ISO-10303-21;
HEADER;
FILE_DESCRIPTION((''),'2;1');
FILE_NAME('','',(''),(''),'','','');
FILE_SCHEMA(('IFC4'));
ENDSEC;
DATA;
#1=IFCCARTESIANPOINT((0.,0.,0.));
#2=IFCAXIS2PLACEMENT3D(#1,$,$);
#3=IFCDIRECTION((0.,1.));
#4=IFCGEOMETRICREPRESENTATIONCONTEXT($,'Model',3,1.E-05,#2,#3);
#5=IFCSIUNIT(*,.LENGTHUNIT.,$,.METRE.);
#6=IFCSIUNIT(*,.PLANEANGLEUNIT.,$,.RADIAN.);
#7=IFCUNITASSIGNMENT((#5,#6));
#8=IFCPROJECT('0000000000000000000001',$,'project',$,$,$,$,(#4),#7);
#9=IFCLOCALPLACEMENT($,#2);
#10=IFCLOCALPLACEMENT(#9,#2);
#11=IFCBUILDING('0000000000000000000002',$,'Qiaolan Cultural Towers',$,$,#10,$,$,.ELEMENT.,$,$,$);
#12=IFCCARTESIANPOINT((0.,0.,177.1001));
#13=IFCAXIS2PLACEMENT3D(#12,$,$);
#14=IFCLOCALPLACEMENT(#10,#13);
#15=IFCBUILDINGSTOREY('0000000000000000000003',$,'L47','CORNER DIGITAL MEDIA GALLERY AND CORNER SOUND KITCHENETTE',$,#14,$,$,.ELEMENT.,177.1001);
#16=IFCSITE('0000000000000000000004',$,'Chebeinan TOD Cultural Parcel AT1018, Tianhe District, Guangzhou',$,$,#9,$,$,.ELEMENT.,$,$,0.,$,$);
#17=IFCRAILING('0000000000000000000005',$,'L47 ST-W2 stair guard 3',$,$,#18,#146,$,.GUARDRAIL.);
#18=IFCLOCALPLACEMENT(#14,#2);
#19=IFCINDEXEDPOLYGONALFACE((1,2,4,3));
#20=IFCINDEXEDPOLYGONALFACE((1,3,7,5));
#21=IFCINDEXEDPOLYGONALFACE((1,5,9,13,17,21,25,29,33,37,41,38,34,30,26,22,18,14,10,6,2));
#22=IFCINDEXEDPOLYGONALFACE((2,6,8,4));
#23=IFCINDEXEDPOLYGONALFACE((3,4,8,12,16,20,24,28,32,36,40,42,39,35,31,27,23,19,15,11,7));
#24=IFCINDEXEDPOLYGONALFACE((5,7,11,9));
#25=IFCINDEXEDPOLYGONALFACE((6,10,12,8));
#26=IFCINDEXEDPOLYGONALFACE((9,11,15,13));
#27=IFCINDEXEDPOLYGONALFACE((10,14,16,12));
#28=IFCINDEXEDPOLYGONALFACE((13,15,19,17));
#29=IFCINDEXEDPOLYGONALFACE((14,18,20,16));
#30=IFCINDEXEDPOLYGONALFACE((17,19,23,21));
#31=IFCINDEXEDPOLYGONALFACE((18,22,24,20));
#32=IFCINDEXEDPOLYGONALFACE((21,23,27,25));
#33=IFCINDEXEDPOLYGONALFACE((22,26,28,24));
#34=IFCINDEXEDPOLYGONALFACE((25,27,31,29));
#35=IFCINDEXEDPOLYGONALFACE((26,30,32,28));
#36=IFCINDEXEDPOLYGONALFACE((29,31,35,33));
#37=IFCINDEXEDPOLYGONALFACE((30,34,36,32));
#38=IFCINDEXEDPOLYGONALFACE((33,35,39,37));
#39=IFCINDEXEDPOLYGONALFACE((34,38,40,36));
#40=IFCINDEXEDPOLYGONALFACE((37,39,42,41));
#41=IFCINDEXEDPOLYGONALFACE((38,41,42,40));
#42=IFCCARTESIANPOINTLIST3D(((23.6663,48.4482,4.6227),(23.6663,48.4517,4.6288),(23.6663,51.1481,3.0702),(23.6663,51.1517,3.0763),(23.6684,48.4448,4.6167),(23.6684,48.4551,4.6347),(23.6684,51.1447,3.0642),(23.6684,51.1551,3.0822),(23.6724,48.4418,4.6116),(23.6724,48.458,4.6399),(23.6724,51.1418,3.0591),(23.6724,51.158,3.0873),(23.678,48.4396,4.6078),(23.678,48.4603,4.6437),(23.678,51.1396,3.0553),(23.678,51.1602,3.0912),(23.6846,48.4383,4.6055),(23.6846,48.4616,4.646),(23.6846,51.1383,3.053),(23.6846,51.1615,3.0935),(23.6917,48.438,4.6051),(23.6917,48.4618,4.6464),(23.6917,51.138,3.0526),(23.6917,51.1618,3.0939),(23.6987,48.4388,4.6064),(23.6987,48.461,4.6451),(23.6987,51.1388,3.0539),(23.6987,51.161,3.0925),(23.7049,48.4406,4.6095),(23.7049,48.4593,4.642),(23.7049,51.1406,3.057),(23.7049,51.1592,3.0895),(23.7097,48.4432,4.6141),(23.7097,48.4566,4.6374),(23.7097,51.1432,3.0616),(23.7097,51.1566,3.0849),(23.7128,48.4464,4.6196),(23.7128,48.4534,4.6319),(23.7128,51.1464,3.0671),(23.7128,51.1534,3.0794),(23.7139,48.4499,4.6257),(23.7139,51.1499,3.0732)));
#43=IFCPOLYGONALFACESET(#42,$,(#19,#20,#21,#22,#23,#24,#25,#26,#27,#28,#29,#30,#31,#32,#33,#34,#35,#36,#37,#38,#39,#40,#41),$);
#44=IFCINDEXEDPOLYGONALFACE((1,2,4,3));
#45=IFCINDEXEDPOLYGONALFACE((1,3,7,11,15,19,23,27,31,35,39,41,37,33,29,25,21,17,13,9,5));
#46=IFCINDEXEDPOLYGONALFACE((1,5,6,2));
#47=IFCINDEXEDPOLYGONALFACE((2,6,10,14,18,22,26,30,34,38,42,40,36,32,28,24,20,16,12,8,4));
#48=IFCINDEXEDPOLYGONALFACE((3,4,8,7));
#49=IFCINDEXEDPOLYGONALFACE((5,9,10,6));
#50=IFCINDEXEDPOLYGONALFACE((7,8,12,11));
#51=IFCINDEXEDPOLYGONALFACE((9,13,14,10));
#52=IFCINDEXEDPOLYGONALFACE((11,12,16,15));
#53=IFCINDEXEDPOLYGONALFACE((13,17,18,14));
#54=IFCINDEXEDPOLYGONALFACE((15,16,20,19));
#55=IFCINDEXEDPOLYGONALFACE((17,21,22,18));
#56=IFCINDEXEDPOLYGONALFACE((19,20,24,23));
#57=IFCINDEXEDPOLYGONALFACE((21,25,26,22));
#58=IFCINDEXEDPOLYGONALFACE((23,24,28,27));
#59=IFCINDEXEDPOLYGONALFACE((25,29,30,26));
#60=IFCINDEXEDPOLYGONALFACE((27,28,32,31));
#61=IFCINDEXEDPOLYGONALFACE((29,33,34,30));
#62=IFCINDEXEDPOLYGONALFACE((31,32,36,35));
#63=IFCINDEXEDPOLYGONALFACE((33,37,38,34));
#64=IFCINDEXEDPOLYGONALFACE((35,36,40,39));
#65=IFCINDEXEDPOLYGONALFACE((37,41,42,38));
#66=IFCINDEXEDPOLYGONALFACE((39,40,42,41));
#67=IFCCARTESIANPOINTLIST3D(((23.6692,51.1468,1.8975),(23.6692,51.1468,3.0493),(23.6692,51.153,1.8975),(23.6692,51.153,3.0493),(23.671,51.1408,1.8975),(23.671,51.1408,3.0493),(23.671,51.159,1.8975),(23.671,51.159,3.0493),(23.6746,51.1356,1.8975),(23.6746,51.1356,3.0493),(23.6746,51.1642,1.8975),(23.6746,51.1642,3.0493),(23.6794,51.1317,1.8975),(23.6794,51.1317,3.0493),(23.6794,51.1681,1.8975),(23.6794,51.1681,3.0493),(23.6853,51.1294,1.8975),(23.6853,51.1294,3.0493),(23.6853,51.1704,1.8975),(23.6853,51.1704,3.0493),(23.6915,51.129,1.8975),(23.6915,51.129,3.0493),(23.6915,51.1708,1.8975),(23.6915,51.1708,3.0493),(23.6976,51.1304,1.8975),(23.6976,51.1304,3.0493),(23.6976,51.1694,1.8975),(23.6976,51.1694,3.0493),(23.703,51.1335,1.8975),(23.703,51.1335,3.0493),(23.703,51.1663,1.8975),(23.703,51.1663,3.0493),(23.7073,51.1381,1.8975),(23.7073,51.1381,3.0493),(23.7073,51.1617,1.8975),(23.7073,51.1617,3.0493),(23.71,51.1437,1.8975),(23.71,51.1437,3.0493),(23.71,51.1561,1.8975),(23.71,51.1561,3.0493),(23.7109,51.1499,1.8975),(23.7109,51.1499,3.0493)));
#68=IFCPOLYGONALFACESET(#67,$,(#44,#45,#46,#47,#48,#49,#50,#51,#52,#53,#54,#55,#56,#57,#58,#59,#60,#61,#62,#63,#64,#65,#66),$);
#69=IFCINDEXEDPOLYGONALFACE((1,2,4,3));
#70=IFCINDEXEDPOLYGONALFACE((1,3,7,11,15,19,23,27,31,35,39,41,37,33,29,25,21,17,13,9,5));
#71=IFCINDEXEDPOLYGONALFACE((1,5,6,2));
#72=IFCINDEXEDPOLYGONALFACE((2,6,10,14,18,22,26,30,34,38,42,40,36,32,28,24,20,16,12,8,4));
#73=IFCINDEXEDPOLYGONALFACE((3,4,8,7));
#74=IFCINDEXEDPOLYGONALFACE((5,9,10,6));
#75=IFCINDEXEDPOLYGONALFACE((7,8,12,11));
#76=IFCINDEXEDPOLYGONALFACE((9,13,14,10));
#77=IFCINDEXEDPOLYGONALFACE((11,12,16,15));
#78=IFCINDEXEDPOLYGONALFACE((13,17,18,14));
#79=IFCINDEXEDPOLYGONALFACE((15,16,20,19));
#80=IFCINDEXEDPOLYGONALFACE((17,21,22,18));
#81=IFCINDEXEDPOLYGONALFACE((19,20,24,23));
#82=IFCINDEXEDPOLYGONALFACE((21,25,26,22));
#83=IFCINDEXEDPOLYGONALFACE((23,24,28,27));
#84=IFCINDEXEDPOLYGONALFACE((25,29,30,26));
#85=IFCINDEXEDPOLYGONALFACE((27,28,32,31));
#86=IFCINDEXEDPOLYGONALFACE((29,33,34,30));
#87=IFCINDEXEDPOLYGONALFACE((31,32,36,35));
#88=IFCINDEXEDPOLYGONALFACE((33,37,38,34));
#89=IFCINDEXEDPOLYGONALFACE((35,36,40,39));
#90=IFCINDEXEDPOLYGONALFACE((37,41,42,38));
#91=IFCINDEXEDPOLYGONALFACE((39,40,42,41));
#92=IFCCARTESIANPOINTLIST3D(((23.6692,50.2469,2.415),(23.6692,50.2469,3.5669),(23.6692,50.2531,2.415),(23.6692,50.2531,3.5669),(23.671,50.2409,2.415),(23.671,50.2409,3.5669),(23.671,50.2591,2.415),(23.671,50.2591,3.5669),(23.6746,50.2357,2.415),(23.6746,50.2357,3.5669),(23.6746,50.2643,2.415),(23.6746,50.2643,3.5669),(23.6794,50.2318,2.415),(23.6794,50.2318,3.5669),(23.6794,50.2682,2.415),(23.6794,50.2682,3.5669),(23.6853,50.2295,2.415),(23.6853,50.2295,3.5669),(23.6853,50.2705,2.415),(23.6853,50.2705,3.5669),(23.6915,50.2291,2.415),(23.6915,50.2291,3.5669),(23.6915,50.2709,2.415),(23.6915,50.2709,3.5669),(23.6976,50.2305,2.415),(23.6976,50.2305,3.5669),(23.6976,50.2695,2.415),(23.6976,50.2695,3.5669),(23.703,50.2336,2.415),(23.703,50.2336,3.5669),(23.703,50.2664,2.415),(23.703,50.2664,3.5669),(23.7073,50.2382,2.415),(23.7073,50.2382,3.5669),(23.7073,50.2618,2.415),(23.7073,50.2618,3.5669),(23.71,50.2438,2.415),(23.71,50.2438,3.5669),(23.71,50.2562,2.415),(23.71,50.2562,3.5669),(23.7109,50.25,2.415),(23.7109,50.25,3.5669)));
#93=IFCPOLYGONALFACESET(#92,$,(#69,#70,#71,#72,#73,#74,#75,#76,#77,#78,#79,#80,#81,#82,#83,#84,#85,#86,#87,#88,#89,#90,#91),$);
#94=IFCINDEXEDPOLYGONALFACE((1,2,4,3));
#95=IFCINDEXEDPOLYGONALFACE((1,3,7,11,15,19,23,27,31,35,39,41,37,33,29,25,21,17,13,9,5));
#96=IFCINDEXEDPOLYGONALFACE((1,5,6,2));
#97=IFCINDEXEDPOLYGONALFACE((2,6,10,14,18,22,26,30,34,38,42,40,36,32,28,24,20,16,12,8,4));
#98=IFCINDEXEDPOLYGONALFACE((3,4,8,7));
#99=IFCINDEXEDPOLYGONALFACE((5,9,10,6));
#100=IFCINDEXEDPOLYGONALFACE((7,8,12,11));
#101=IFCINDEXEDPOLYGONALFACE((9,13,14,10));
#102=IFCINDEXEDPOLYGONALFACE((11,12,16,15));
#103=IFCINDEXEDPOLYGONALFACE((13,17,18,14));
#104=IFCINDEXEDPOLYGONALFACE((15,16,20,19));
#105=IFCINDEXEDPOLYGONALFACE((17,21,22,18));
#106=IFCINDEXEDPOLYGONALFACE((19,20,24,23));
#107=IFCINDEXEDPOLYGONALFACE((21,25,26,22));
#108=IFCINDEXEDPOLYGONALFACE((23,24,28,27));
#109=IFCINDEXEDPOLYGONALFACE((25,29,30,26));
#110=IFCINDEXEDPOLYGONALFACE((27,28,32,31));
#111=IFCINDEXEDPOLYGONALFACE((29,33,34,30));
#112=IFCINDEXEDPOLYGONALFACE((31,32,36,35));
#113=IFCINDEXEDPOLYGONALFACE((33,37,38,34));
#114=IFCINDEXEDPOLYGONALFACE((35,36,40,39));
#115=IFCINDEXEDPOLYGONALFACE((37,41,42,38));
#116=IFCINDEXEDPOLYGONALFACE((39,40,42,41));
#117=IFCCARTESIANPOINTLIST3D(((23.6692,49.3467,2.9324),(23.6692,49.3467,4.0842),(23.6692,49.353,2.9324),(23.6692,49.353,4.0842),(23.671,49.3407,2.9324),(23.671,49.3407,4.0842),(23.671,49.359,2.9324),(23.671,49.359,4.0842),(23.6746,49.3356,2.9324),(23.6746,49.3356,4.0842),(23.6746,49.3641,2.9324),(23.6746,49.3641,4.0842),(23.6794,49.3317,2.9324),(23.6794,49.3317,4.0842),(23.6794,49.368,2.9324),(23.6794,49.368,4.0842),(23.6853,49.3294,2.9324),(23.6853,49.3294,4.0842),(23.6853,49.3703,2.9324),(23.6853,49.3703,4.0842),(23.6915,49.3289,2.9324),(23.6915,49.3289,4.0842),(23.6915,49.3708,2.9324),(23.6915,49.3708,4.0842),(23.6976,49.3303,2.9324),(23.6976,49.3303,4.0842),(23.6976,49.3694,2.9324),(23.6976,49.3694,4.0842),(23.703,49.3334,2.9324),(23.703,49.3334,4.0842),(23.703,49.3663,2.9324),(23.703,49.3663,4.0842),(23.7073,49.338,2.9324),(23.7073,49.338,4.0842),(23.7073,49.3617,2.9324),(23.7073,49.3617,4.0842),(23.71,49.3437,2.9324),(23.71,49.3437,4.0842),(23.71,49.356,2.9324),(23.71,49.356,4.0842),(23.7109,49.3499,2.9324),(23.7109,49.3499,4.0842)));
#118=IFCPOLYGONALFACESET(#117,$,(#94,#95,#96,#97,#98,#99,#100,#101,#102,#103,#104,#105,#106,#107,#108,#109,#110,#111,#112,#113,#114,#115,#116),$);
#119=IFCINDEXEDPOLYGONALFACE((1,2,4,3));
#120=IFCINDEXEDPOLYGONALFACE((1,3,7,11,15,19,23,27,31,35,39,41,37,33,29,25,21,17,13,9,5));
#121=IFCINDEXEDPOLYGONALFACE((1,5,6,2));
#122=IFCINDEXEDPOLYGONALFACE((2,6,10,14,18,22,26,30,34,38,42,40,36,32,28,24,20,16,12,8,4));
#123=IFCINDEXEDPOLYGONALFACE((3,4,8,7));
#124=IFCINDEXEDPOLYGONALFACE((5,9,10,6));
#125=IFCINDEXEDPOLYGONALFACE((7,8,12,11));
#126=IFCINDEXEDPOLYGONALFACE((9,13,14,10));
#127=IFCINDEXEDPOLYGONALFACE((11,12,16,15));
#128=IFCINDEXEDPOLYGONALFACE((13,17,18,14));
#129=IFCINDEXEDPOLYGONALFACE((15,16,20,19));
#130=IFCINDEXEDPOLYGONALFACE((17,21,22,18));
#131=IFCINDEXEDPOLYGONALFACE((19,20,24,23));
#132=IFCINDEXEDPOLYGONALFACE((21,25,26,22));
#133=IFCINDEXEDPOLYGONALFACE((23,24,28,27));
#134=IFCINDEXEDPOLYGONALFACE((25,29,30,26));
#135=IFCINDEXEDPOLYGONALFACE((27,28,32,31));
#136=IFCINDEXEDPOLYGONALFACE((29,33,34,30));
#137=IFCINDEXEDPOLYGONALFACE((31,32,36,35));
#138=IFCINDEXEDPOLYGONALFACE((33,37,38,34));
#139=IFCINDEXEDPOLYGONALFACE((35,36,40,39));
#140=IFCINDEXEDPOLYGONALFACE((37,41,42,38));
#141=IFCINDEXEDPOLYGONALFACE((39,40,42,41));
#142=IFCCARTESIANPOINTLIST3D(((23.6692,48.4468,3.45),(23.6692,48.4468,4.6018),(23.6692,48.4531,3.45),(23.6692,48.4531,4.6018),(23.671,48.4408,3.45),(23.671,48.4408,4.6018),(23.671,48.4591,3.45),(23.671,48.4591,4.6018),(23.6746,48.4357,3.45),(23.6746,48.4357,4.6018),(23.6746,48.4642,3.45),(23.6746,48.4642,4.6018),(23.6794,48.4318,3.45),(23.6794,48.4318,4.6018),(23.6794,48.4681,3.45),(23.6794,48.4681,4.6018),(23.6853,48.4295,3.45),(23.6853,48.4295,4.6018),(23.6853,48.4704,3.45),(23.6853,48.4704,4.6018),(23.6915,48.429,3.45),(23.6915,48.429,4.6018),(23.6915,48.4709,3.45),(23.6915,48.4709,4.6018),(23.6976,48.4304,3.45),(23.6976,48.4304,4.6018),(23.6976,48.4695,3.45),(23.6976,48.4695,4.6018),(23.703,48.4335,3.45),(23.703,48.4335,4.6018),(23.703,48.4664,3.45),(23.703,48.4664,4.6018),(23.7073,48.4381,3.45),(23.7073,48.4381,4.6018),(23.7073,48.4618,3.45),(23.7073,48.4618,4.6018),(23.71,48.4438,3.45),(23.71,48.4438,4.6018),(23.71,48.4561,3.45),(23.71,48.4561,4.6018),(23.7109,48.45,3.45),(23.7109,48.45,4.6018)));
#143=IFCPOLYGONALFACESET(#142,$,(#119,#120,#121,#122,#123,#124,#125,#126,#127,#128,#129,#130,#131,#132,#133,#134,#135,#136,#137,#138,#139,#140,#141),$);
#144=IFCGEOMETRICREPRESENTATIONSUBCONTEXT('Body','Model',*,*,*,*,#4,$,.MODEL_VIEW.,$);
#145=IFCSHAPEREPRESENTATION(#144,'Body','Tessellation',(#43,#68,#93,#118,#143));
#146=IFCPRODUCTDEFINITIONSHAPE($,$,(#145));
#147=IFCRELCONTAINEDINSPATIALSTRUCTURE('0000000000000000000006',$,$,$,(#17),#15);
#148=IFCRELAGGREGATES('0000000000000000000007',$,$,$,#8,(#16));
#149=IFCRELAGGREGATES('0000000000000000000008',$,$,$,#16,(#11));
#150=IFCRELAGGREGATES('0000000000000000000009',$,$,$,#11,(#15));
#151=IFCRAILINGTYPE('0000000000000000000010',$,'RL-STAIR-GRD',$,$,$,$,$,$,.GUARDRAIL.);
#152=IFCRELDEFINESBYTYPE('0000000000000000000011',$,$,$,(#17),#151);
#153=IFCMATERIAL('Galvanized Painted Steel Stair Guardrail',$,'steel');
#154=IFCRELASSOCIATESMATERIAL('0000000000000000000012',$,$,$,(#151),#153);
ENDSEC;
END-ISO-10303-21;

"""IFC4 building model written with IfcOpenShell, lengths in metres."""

from ifc_helpers import new_model, si_unit, direction, frame, origin, origin_2d, place, context, subcontext, project, spatial, circle, extrude, material, type_object, element, save


model = new_model("IFC4")

# Units and contexts
model_context = context("Model", 3, precision=1e-05, world=origin(), true_north=direction((0.0, 1.0)))
body_context = subcontext(model_context, "Body", "Model", "MODEL_VIEW")
ifc_project = project(units=[si_unit("LENGTHUNIT", "METRE"), si_unit("PLANEANGLEUNIT", "RADIAN")], contexts=[model_context])

# Site, building, storey
site_placement = place(None, origin())
site = spatial("IfcSite", under=ifc_project, at=site_placement, Name="Chebeinan TOD Cultural Parcel AT1018, Tianhe District, Guangzhou", CompositionType="ELEMENT", RefElevation=0.0)
building_placement = place(site_placement, origin())
building = spatial("IfcBuilding", under=site, at=building_placement, Name="Qiaolan Cultural Towers", CompositionType="ELEMENT")
storey_placement = place(building_placement, frame((0.0, 0.0, 177.1001)))
storey = spatial("IfcBuildingStorey", under=building, at=storey_placement, Name="L47", Description="CORNER DIGITAL MEDIA GALLERY AND CORNER SOUND KITCHENETTE", CompositionType="ELEMENT", Elevation=177.1001)

# Railing
ifc_material_1 = material(Name="Galvanized Painted Steel Stair Guardrail", Category="steel")
railing_type_1 = type_object("IfcRailingType", Name="RL-STAIR-GRD", PredefinedType="GUARDRAIL", material=ifc_material_1)
railing_1_placement = place(storey_placement, frame((23.6899, 51.1499, 1.8975)))
element("IfcRailing", 1, at=railing_1_placement, inside=storey, type_object=railing_type_1, Name="L47 ST-W2 stair guard 3", PredefinedType="GUARDRAIL", context=body_context, shape_type="SweptSolid", body=[
    extrude(circle(Radius=0.0239, at=origin_2d()), frame((0.0, 0.0, 1.1758), z_axis=(0.0, -0.866904, 0.498476), x_axis=(1.0, 0.0, 0.0)), (0.0, 0.0, 1.0), 3.1145),
    extrude(circle(Radius=0.021, at=origin_2d()), origin(), (0.0, 0.0, 1.0), 1.1519),
    extrude(circle(Radius=0.021, at=origin_2d()), frame((0.0, -0.8999, 0.5176)), (0.0, 0.0, 1.0), 1.1519),
    extrude(circle(Radius=0.021, at=origin_2d()), frame((0.0, -1.8, 1.0349)), (0.0, 0.0, 1.0), 1.1519),
    extrude(circle(Radius=0.021, at=origin_2d()), frame((0.0, -2.7, 1.5525)), (0.0, 0.0, 1.0), 1.1519),
])

save(model, "model.ifc")
